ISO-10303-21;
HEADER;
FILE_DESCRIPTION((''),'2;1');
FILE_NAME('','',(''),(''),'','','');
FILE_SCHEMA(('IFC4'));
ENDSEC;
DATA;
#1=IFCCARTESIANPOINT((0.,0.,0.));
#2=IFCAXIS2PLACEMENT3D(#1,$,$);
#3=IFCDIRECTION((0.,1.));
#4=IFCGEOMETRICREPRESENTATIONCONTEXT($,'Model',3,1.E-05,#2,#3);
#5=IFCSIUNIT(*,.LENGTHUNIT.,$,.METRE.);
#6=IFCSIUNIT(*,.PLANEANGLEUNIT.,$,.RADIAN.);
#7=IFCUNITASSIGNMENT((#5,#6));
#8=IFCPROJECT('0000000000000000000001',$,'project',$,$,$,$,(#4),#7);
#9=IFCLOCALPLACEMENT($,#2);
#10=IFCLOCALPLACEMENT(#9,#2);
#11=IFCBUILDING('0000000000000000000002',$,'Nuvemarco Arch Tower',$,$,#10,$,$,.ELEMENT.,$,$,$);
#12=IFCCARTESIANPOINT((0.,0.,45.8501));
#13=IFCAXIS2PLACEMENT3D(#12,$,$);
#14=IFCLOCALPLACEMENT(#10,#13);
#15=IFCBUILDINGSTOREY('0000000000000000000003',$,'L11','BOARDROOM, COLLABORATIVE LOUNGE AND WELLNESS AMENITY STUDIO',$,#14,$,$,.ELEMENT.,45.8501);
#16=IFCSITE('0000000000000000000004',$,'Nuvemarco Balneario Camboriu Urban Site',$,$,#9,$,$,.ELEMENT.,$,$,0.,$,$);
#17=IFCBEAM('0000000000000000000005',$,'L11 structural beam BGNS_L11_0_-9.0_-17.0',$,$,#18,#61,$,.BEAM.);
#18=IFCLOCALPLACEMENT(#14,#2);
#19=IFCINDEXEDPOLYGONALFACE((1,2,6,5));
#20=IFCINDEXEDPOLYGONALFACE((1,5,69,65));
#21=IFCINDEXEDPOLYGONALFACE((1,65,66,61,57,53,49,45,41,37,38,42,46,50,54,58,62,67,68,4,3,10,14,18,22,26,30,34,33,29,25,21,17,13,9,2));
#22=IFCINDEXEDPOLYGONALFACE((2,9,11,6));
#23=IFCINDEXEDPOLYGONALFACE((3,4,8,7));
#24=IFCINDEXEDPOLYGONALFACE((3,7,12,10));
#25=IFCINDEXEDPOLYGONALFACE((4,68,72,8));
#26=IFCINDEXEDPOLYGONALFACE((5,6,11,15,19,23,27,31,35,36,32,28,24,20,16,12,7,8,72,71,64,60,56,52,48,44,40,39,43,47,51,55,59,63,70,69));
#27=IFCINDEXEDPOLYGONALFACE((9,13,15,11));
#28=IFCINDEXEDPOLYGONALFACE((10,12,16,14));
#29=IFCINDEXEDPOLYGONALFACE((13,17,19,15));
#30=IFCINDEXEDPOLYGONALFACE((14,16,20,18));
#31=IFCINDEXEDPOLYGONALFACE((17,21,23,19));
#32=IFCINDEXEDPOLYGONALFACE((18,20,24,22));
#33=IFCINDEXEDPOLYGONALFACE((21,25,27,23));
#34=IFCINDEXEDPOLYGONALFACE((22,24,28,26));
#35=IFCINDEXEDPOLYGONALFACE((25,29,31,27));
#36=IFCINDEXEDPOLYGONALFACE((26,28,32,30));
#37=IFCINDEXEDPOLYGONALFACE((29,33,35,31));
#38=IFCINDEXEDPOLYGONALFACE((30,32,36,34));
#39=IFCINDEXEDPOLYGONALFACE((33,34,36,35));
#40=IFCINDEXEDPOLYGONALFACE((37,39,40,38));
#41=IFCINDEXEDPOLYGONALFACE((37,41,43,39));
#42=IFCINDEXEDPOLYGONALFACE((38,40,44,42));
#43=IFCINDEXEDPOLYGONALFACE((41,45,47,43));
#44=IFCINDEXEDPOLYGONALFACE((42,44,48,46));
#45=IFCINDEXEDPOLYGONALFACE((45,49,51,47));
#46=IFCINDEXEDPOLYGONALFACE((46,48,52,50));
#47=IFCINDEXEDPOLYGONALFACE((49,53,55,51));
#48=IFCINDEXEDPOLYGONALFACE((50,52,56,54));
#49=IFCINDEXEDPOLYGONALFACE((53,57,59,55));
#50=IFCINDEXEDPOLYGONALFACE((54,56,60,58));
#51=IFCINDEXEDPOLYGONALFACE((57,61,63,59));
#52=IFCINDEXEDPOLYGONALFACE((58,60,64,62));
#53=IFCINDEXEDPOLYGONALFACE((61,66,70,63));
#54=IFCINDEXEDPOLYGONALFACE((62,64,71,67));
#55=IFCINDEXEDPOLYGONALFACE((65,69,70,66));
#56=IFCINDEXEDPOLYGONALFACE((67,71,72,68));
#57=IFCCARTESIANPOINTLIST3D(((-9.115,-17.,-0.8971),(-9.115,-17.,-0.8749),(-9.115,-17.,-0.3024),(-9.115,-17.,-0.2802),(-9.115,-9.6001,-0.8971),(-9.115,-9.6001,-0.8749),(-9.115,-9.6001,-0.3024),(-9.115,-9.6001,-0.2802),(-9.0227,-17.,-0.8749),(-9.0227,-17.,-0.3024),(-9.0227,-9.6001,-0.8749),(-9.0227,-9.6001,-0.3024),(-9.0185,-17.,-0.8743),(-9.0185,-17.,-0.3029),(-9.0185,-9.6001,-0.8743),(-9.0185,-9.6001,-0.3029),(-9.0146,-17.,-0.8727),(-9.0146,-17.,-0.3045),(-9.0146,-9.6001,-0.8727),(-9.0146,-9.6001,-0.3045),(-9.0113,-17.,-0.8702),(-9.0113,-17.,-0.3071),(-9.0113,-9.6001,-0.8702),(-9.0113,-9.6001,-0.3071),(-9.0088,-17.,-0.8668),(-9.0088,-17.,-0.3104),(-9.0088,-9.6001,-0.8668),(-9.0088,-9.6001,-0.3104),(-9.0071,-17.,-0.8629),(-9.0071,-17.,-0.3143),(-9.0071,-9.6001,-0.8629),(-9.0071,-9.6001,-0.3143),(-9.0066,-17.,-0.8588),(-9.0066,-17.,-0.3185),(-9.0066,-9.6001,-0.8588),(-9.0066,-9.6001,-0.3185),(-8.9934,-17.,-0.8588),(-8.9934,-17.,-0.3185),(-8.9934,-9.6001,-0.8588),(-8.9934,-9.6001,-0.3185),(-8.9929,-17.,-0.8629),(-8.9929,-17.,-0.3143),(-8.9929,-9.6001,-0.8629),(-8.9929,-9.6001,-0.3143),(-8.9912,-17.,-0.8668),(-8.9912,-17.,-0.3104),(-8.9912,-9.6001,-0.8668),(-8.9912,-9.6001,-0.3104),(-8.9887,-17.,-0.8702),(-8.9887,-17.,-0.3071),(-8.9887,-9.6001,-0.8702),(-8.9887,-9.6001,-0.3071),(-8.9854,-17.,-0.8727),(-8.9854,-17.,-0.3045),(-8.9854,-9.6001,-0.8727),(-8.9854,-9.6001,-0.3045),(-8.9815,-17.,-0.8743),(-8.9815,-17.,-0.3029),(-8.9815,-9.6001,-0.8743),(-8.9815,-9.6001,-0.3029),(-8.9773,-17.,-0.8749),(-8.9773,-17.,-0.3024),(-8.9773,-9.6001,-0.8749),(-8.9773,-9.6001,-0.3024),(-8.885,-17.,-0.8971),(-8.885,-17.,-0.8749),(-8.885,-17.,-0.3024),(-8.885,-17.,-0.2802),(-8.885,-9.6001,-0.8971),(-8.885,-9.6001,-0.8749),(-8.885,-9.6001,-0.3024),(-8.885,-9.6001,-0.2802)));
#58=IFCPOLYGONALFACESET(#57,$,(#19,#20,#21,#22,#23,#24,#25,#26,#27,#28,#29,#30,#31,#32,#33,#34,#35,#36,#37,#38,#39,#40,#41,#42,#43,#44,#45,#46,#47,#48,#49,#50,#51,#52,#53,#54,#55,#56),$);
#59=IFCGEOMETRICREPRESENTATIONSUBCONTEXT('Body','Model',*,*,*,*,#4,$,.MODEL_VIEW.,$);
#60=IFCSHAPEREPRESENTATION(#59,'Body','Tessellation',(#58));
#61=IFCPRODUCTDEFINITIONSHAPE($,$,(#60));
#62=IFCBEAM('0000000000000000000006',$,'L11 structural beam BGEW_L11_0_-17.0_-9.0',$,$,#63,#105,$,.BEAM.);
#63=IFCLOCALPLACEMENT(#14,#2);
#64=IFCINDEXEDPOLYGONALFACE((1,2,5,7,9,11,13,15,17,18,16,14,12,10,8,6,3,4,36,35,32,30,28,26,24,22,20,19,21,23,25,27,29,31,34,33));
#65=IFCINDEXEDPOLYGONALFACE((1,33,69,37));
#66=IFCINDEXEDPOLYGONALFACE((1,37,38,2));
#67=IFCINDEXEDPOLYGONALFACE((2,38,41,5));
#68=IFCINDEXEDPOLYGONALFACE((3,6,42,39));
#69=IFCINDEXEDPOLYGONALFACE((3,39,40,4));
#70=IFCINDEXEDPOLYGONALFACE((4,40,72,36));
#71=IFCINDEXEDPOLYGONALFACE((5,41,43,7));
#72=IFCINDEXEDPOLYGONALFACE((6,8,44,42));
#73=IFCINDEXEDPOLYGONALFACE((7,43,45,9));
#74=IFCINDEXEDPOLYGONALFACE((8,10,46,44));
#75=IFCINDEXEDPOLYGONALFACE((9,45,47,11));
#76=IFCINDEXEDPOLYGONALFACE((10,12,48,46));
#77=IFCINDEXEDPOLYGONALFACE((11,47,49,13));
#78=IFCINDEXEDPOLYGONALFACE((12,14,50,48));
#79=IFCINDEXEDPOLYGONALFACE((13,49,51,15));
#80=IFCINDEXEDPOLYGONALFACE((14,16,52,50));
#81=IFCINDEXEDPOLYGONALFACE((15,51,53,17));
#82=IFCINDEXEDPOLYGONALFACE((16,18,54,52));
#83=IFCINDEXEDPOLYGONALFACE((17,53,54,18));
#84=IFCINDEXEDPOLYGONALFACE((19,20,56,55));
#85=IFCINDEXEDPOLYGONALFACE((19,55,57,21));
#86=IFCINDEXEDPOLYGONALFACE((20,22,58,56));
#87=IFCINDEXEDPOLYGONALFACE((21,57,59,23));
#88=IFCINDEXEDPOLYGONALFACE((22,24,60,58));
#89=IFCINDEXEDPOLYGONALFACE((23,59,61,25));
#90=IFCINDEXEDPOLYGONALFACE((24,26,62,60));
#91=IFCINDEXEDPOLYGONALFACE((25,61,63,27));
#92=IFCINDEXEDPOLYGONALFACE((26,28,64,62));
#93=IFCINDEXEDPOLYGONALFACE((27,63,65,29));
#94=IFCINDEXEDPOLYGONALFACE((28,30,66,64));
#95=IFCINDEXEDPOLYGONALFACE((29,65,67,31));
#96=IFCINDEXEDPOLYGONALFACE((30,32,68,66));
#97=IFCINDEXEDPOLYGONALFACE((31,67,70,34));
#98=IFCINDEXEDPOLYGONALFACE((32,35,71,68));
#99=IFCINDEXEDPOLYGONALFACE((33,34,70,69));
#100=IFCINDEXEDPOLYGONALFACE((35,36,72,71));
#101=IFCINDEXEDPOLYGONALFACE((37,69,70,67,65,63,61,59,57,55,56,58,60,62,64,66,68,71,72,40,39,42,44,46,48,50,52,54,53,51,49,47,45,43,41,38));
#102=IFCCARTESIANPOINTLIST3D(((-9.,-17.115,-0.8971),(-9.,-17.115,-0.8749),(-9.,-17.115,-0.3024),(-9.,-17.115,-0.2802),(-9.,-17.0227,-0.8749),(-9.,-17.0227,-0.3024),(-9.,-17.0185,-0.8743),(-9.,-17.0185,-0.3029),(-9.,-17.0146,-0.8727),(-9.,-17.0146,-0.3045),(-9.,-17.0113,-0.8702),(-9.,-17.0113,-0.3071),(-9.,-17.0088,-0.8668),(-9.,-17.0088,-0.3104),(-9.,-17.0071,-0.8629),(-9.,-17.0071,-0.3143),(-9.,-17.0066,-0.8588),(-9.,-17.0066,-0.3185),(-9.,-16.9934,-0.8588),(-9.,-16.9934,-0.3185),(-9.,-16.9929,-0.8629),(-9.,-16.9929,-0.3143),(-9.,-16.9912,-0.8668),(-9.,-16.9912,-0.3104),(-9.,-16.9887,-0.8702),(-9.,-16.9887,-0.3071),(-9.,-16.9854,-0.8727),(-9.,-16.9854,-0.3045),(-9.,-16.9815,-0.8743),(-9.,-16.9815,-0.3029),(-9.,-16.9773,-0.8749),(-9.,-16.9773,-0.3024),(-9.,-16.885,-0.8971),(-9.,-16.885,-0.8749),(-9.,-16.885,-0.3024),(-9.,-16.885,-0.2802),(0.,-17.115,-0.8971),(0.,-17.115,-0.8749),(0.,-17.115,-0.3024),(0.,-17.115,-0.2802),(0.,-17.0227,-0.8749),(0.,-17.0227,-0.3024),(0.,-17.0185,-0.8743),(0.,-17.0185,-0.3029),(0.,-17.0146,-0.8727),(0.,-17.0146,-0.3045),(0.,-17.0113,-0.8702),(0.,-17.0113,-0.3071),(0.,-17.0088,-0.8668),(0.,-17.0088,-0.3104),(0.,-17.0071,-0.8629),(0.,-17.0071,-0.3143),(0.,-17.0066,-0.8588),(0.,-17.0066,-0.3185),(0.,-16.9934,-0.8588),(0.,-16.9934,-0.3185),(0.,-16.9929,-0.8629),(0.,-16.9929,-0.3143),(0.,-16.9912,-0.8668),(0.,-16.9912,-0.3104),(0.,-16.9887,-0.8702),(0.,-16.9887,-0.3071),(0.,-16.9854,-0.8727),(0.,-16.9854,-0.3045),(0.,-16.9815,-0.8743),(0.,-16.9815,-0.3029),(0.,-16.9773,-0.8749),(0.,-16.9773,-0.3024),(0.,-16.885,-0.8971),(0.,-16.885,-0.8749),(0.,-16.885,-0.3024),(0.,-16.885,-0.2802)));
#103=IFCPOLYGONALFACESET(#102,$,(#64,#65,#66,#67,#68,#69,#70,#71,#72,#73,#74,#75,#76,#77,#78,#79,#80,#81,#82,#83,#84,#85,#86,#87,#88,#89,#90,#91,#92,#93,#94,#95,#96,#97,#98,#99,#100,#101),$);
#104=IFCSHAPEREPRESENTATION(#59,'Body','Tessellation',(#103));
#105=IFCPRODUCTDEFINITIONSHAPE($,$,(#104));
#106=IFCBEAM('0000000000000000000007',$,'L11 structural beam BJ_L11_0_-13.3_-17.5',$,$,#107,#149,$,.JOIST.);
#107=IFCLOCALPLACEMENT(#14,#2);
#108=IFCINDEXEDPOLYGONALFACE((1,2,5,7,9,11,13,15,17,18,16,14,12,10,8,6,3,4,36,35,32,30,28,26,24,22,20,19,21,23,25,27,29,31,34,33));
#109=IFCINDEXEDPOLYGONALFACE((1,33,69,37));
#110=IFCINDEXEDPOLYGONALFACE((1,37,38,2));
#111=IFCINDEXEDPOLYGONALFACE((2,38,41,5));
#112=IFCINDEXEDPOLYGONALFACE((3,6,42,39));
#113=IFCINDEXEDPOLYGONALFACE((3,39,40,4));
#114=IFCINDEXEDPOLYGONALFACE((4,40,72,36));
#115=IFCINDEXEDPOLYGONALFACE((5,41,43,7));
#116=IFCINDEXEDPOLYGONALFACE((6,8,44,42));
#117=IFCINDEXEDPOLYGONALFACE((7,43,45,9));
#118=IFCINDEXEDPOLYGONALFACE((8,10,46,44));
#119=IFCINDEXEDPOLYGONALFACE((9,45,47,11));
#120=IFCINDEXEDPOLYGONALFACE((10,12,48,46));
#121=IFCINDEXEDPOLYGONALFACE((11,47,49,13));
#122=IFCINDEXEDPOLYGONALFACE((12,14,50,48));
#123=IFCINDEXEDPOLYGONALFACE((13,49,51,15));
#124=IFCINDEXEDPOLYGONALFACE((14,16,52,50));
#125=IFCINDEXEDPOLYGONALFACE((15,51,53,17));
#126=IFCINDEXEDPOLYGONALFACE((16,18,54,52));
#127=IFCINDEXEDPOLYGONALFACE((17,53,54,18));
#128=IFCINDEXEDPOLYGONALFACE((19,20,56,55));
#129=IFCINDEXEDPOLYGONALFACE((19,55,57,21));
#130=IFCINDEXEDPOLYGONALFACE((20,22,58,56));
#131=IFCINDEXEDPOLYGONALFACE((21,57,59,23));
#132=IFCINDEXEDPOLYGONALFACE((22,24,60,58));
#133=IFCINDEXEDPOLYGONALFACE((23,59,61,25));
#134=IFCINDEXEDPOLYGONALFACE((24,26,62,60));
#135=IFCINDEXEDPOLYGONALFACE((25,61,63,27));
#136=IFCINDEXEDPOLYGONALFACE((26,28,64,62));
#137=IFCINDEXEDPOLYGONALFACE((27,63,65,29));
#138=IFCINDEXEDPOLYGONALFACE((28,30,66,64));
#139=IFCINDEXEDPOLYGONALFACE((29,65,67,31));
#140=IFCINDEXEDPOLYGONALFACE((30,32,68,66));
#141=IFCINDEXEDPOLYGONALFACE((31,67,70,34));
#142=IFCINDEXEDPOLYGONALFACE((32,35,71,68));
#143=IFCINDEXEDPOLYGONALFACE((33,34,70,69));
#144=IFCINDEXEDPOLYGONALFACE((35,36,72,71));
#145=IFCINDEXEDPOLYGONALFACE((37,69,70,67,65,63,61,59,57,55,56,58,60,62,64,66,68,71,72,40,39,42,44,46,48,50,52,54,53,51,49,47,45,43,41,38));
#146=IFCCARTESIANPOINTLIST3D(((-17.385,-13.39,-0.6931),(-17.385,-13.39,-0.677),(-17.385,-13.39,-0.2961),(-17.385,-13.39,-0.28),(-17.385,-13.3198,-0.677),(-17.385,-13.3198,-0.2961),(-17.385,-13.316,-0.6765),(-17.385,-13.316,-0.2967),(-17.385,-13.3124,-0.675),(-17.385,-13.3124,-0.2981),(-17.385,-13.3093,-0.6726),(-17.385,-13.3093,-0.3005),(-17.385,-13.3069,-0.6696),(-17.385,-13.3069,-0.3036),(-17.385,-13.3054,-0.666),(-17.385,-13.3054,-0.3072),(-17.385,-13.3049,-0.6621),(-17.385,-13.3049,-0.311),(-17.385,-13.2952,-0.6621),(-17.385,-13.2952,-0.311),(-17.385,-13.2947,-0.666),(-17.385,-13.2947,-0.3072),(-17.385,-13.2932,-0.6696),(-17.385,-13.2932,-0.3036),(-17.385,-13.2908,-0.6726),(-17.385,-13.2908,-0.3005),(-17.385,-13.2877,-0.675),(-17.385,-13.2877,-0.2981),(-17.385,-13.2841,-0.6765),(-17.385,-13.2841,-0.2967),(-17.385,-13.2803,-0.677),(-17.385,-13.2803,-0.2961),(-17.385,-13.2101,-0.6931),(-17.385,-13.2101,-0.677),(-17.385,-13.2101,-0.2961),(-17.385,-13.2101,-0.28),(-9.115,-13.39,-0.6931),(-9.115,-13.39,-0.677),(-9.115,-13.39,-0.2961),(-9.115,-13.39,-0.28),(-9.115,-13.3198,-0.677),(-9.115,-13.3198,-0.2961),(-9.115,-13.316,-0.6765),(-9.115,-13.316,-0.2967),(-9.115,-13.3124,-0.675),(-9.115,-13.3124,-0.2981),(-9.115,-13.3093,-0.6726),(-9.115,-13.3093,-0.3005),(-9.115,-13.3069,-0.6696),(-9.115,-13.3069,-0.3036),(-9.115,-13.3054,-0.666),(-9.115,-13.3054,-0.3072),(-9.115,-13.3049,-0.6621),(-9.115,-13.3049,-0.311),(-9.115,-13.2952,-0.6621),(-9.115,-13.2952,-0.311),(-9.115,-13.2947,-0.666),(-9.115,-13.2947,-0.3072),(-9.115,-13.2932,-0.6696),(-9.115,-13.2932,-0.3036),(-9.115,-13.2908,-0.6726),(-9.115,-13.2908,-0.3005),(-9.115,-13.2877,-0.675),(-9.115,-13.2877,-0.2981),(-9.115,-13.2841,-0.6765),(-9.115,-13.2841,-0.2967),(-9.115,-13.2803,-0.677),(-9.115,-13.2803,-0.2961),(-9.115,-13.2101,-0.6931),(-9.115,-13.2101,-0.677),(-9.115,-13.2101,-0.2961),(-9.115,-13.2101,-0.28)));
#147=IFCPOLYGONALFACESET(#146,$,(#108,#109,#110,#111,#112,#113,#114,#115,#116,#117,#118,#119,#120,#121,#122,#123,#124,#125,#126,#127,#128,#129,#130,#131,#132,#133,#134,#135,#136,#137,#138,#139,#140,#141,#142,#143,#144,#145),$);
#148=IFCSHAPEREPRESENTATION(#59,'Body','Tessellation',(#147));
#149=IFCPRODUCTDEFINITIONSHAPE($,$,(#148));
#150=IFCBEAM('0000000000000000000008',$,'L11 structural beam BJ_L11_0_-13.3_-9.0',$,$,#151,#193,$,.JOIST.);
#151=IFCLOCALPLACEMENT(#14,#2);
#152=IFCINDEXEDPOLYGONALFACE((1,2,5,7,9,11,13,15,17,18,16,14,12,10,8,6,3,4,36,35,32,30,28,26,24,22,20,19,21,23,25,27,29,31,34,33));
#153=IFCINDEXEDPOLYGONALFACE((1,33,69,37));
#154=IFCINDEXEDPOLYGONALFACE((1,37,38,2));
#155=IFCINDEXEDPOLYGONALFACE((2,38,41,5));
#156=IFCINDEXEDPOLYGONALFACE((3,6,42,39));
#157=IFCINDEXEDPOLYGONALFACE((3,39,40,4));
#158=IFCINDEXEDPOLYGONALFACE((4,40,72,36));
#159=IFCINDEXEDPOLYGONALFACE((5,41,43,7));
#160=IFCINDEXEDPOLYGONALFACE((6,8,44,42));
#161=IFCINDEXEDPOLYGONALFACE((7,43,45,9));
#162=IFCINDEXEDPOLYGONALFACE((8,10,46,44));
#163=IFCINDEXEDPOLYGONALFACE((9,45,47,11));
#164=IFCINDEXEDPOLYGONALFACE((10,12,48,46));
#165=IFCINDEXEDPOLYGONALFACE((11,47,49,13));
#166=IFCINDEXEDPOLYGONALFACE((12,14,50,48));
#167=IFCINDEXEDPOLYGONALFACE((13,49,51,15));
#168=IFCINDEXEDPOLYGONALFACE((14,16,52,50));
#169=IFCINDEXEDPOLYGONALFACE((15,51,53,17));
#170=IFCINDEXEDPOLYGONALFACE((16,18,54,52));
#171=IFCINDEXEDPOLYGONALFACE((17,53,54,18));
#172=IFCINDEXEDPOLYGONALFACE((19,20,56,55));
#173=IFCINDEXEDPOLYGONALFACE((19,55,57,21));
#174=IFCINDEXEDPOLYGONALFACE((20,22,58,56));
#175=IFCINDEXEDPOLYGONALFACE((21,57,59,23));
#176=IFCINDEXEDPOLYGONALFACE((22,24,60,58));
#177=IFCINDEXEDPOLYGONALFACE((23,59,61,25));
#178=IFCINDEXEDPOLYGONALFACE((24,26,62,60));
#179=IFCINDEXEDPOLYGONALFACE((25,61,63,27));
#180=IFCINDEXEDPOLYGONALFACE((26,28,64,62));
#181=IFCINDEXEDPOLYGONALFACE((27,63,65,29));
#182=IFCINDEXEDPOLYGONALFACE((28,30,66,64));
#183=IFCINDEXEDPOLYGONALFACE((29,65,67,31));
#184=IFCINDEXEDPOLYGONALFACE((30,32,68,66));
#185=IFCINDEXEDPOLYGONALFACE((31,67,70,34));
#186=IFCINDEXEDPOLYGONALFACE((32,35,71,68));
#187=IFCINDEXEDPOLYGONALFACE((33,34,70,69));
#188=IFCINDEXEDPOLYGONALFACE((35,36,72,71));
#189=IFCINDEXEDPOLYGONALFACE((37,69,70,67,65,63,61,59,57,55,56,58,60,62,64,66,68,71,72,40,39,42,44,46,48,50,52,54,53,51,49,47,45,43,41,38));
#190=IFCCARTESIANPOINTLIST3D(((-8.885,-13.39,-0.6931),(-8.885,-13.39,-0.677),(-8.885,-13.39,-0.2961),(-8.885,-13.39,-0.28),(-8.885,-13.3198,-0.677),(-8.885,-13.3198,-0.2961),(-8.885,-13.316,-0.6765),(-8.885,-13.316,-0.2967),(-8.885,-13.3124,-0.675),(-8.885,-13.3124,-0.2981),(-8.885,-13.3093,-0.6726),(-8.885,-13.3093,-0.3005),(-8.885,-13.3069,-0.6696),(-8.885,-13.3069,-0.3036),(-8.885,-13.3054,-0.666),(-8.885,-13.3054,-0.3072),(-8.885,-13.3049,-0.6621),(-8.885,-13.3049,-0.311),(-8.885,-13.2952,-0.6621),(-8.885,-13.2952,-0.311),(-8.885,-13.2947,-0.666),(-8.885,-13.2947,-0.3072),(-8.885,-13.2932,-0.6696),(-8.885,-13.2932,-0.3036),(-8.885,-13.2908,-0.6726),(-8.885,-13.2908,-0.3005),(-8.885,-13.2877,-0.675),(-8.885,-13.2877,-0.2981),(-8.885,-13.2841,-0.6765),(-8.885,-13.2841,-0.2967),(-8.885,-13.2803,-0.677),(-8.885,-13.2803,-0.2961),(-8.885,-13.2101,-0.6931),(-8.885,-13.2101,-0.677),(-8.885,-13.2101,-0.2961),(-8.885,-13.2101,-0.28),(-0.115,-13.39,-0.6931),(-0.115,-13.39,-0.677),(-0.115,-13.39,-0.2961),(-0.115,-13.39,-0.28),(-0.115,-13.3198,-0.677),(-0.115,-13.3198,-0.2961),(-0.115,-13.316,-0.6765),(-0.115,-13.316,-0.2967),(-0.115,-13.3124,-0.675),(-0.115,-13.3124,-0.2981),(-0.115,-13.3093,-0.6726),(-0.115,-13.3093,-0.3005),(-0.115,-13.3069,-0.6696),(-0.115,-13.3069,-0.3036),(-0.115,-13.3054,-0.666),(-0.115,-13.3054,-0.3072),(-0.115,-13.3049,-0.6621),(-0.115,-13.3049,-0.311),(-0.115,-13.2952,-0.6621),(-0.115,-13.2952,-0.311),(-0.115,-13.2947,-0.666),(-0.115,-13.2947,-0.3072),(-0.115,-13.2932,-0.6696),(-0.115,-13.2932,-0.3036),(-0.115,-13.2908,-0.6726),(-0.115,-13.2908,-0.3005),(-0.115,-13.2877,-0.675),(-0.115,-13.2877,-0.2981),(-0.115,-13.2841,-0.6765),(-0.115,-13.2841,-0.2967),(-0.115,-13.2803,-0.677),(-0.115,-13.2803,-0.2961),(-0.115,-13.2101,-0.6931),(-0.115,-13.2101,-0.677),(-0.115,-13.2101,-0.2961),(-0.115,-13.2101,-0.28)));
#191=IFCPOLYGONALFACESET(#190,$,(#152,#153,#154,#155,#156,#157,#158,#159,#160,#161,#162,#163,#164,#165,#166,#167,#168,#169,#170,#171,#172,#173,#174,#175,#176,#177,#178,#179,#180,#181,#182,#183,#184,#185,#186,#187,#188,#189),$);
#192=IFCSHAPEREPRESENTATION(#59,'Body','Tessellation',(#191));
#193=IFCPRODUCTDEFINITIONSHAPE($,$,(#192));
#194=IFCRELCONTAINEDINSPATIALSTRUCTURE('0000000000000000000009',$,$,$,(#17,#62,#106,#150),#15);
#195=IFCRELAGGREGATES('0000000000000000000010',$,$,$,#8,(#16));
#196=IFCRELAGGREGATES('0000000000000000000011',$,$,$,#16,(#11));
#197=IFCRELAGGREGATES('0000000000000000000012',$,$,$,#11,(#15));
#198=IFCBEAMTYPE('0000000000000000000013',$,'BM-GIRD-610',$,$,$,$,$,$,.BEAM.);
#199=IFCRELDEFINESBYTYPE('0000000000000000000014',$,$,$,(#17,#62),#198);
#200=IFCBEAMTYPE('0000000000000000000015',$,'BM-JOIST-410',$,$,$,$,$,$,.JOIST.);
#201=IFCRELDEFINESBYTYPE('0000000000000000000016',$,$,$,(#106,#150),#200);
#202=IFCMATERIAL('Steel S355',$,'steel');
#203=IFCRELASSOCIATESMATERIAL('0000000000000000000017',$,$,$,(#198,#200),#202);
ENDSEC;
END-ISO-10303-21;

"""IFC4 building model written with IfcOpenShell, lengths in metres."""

from ifc_helpers import new_model, si_unit, direction, frame, origin, origin_2d, place, context, subcontext, project, spatial, i_section, extrude, material, material_profile, profile_set, type_object, element, save


model = new_model("IFC4")

# Units and contexts
model_context = context("Model", 3, precision=1e-05, world=origin(), true_north=direction((0.0, 1.0)))
body_context = subcontext(model_context, "Body", "Model", "MODEL_VIEW")
ifc_project = project(units=[si_unit("LENGTHUNIT", "METRE"), si_unit("PLANEANGLEUNIT", "RADIAN")], contexts=[model_context])

# Site, building, storey
site_placement = place(None, origin())
site = spatial("IfcSite", under=ifc_project, at=site_placement, Name="Nuvemarco Balneario Camboriu Urban Site", CompositionType="ELEMENT", RefElevation=0.0)
building_placement = place(site_placement, origin())
building = spatial("IfcBuilding", under=site, at=building_placement, Name="Nuvemarco Arch Tower", CompositionType="ELEMENT")
storey_placement = place(building_placement, frame((0.0, 0.0, 45.8501)))
storey = spatial("IfcBuildingStorey", under=building, at=storey_placement, Name="L11", Description="BOARDROOM, COLLABORATIVE LOUNGE AND WELLNESS AMENITY STUDIO", CompositionType="ELEMENT", Elevation=45.8501)

# Shared definitions
ifc_material_1 = material(Name="Steel S355", Category="steel")

# Beams
ifc_material_profile_1 = material_profile(ifc_material_1, i_section(OverallWidth=0.23, OverallDepth=0.6169, WebThickness=0.0132, FlangeThickness=0.0222, FilletRadius=0.0161, at=origin_2d()), Name="W610x140")
ifc_profile_set_1 = profile_set([ifc_material_profile_1], Name="Steel S355")
beam_type_1 = type_object("IfcBeamType", Name="BM-GIRD-610", PredefinedType="BEAM", material=ifc_profile_set_1)
beam_1_placement = place(storey_placement, frame((-9.0, -17.0, -0.5886), z_axis=(0.0, 1.0, 0.0), x_axis=(-1.0, 0.0, 0.0)))
element("IfcBeam", 1, at=beam_1_placement, inside=storey, type_object=beam_type_1, Name="L11 structural beam BGNS_L11_0_-9.0_-17.0", PredefinedType="BEAM", context=body_context, shape_type="SweptSolid", body=[
    extrude(i_section(OverallWidth=0.23, OverallDepth=0.6169, WebThickness=0.0132, FlangeThickness=0.0222, FilletRadius=0.0161, at=origin_2d()), origin(), (0.0, 0.0, 1.0), 7.3999),
])
beam_2_placement = place(storey_placement, frame((-9.0, -17.0, -0.5886), z_axis=(1.0, 0.0, 0.0), x_axis=(0.0, 1.0, 0.0)))
element("IfcBeam", 2, at=beam_2_placement, inside=storey, type_object=beam_type_1, Name="L11 structural beam BGEW_L11_0_-17.0_-9.0", PredefinedType="BEAM", context=body_context, shape_type="SweptSolid", body=[
    extrude(i_section(OverallWidth=0.23, OverallDepth=0.6169, WebThickness=0.0132, FlangeThickness=0.0222, FilletRadius=0.0161, at=origin_2d()), origin(), (0.0, 0.0, 1.0), 9.0),
])
ifc_material_profile_2 = material_profile(ifc_material_1, i_section(OverallWidth=0.1799, OverallDepth=0.4131, WebThickness=0.0098, FlangeThickness=0.0161, FilletRadius=0.0149, at=origin_2d()), Name="W410x75")
ifc_profile_set_2 = profile_set([ifc_material_profile_2], Name="Steel S355")
beam_type_2 = type_object("IfcBeamType", Name="BM-JOIST-410", PredefinedType="JOIST", material=ifc_profile_set_2)
beam_3_placement = place(storey_placement, frame((-17.385, -13.3, -0.4866), z_axis=(1.0, 0.0, 0.0), x_axis=(0.0, 1.0, 0.0)))
element("IfcBeam", 3, at=beam_3_placement, inside=storey, type_object=beam_type_2, Name="L11 structural beam BJ_L11_0_-13.3_-17.5", PredefinedType="JOIST", context=body_context, shape_type="SweptSolid", body=[
    extrude(i_section(OverallWidth=0.1799, OverallDepth=0.4131, WebThickness=0.0098, FlangeThickness=0.0161, FilletRadius=0.0149, at=origin_2d()), origin(), (0.0, 0.0, 1.0), 8.27),
])
beam_4_placement = place(storey_placement, frame((-8.885, -13.3, -0.4866), z_axis=(1.0, 0.0, 0.0), x_axis=(0.0, 1.0, 0.0)))
element("IfcBeam", 4, at=beam_4_placement, inside=storey, type_object=beam_type_2, Name="L11 structural beam BJ_L11_0_-13.3_-9.0", PredefinedType="JOIST", context=body_context, shape_type="SweptSolid", body=[
    extrude(i_section(OverallWidth=0.1799, OverallDepth=0.4131, WebThickness=0.0098, FlangeThickness=0.0161, FilletRadius=0.0149, at=origin_2d()), origin(), (0.0, 0.0, 1.0), 8.77),
])

save(model, "model.ifc")
